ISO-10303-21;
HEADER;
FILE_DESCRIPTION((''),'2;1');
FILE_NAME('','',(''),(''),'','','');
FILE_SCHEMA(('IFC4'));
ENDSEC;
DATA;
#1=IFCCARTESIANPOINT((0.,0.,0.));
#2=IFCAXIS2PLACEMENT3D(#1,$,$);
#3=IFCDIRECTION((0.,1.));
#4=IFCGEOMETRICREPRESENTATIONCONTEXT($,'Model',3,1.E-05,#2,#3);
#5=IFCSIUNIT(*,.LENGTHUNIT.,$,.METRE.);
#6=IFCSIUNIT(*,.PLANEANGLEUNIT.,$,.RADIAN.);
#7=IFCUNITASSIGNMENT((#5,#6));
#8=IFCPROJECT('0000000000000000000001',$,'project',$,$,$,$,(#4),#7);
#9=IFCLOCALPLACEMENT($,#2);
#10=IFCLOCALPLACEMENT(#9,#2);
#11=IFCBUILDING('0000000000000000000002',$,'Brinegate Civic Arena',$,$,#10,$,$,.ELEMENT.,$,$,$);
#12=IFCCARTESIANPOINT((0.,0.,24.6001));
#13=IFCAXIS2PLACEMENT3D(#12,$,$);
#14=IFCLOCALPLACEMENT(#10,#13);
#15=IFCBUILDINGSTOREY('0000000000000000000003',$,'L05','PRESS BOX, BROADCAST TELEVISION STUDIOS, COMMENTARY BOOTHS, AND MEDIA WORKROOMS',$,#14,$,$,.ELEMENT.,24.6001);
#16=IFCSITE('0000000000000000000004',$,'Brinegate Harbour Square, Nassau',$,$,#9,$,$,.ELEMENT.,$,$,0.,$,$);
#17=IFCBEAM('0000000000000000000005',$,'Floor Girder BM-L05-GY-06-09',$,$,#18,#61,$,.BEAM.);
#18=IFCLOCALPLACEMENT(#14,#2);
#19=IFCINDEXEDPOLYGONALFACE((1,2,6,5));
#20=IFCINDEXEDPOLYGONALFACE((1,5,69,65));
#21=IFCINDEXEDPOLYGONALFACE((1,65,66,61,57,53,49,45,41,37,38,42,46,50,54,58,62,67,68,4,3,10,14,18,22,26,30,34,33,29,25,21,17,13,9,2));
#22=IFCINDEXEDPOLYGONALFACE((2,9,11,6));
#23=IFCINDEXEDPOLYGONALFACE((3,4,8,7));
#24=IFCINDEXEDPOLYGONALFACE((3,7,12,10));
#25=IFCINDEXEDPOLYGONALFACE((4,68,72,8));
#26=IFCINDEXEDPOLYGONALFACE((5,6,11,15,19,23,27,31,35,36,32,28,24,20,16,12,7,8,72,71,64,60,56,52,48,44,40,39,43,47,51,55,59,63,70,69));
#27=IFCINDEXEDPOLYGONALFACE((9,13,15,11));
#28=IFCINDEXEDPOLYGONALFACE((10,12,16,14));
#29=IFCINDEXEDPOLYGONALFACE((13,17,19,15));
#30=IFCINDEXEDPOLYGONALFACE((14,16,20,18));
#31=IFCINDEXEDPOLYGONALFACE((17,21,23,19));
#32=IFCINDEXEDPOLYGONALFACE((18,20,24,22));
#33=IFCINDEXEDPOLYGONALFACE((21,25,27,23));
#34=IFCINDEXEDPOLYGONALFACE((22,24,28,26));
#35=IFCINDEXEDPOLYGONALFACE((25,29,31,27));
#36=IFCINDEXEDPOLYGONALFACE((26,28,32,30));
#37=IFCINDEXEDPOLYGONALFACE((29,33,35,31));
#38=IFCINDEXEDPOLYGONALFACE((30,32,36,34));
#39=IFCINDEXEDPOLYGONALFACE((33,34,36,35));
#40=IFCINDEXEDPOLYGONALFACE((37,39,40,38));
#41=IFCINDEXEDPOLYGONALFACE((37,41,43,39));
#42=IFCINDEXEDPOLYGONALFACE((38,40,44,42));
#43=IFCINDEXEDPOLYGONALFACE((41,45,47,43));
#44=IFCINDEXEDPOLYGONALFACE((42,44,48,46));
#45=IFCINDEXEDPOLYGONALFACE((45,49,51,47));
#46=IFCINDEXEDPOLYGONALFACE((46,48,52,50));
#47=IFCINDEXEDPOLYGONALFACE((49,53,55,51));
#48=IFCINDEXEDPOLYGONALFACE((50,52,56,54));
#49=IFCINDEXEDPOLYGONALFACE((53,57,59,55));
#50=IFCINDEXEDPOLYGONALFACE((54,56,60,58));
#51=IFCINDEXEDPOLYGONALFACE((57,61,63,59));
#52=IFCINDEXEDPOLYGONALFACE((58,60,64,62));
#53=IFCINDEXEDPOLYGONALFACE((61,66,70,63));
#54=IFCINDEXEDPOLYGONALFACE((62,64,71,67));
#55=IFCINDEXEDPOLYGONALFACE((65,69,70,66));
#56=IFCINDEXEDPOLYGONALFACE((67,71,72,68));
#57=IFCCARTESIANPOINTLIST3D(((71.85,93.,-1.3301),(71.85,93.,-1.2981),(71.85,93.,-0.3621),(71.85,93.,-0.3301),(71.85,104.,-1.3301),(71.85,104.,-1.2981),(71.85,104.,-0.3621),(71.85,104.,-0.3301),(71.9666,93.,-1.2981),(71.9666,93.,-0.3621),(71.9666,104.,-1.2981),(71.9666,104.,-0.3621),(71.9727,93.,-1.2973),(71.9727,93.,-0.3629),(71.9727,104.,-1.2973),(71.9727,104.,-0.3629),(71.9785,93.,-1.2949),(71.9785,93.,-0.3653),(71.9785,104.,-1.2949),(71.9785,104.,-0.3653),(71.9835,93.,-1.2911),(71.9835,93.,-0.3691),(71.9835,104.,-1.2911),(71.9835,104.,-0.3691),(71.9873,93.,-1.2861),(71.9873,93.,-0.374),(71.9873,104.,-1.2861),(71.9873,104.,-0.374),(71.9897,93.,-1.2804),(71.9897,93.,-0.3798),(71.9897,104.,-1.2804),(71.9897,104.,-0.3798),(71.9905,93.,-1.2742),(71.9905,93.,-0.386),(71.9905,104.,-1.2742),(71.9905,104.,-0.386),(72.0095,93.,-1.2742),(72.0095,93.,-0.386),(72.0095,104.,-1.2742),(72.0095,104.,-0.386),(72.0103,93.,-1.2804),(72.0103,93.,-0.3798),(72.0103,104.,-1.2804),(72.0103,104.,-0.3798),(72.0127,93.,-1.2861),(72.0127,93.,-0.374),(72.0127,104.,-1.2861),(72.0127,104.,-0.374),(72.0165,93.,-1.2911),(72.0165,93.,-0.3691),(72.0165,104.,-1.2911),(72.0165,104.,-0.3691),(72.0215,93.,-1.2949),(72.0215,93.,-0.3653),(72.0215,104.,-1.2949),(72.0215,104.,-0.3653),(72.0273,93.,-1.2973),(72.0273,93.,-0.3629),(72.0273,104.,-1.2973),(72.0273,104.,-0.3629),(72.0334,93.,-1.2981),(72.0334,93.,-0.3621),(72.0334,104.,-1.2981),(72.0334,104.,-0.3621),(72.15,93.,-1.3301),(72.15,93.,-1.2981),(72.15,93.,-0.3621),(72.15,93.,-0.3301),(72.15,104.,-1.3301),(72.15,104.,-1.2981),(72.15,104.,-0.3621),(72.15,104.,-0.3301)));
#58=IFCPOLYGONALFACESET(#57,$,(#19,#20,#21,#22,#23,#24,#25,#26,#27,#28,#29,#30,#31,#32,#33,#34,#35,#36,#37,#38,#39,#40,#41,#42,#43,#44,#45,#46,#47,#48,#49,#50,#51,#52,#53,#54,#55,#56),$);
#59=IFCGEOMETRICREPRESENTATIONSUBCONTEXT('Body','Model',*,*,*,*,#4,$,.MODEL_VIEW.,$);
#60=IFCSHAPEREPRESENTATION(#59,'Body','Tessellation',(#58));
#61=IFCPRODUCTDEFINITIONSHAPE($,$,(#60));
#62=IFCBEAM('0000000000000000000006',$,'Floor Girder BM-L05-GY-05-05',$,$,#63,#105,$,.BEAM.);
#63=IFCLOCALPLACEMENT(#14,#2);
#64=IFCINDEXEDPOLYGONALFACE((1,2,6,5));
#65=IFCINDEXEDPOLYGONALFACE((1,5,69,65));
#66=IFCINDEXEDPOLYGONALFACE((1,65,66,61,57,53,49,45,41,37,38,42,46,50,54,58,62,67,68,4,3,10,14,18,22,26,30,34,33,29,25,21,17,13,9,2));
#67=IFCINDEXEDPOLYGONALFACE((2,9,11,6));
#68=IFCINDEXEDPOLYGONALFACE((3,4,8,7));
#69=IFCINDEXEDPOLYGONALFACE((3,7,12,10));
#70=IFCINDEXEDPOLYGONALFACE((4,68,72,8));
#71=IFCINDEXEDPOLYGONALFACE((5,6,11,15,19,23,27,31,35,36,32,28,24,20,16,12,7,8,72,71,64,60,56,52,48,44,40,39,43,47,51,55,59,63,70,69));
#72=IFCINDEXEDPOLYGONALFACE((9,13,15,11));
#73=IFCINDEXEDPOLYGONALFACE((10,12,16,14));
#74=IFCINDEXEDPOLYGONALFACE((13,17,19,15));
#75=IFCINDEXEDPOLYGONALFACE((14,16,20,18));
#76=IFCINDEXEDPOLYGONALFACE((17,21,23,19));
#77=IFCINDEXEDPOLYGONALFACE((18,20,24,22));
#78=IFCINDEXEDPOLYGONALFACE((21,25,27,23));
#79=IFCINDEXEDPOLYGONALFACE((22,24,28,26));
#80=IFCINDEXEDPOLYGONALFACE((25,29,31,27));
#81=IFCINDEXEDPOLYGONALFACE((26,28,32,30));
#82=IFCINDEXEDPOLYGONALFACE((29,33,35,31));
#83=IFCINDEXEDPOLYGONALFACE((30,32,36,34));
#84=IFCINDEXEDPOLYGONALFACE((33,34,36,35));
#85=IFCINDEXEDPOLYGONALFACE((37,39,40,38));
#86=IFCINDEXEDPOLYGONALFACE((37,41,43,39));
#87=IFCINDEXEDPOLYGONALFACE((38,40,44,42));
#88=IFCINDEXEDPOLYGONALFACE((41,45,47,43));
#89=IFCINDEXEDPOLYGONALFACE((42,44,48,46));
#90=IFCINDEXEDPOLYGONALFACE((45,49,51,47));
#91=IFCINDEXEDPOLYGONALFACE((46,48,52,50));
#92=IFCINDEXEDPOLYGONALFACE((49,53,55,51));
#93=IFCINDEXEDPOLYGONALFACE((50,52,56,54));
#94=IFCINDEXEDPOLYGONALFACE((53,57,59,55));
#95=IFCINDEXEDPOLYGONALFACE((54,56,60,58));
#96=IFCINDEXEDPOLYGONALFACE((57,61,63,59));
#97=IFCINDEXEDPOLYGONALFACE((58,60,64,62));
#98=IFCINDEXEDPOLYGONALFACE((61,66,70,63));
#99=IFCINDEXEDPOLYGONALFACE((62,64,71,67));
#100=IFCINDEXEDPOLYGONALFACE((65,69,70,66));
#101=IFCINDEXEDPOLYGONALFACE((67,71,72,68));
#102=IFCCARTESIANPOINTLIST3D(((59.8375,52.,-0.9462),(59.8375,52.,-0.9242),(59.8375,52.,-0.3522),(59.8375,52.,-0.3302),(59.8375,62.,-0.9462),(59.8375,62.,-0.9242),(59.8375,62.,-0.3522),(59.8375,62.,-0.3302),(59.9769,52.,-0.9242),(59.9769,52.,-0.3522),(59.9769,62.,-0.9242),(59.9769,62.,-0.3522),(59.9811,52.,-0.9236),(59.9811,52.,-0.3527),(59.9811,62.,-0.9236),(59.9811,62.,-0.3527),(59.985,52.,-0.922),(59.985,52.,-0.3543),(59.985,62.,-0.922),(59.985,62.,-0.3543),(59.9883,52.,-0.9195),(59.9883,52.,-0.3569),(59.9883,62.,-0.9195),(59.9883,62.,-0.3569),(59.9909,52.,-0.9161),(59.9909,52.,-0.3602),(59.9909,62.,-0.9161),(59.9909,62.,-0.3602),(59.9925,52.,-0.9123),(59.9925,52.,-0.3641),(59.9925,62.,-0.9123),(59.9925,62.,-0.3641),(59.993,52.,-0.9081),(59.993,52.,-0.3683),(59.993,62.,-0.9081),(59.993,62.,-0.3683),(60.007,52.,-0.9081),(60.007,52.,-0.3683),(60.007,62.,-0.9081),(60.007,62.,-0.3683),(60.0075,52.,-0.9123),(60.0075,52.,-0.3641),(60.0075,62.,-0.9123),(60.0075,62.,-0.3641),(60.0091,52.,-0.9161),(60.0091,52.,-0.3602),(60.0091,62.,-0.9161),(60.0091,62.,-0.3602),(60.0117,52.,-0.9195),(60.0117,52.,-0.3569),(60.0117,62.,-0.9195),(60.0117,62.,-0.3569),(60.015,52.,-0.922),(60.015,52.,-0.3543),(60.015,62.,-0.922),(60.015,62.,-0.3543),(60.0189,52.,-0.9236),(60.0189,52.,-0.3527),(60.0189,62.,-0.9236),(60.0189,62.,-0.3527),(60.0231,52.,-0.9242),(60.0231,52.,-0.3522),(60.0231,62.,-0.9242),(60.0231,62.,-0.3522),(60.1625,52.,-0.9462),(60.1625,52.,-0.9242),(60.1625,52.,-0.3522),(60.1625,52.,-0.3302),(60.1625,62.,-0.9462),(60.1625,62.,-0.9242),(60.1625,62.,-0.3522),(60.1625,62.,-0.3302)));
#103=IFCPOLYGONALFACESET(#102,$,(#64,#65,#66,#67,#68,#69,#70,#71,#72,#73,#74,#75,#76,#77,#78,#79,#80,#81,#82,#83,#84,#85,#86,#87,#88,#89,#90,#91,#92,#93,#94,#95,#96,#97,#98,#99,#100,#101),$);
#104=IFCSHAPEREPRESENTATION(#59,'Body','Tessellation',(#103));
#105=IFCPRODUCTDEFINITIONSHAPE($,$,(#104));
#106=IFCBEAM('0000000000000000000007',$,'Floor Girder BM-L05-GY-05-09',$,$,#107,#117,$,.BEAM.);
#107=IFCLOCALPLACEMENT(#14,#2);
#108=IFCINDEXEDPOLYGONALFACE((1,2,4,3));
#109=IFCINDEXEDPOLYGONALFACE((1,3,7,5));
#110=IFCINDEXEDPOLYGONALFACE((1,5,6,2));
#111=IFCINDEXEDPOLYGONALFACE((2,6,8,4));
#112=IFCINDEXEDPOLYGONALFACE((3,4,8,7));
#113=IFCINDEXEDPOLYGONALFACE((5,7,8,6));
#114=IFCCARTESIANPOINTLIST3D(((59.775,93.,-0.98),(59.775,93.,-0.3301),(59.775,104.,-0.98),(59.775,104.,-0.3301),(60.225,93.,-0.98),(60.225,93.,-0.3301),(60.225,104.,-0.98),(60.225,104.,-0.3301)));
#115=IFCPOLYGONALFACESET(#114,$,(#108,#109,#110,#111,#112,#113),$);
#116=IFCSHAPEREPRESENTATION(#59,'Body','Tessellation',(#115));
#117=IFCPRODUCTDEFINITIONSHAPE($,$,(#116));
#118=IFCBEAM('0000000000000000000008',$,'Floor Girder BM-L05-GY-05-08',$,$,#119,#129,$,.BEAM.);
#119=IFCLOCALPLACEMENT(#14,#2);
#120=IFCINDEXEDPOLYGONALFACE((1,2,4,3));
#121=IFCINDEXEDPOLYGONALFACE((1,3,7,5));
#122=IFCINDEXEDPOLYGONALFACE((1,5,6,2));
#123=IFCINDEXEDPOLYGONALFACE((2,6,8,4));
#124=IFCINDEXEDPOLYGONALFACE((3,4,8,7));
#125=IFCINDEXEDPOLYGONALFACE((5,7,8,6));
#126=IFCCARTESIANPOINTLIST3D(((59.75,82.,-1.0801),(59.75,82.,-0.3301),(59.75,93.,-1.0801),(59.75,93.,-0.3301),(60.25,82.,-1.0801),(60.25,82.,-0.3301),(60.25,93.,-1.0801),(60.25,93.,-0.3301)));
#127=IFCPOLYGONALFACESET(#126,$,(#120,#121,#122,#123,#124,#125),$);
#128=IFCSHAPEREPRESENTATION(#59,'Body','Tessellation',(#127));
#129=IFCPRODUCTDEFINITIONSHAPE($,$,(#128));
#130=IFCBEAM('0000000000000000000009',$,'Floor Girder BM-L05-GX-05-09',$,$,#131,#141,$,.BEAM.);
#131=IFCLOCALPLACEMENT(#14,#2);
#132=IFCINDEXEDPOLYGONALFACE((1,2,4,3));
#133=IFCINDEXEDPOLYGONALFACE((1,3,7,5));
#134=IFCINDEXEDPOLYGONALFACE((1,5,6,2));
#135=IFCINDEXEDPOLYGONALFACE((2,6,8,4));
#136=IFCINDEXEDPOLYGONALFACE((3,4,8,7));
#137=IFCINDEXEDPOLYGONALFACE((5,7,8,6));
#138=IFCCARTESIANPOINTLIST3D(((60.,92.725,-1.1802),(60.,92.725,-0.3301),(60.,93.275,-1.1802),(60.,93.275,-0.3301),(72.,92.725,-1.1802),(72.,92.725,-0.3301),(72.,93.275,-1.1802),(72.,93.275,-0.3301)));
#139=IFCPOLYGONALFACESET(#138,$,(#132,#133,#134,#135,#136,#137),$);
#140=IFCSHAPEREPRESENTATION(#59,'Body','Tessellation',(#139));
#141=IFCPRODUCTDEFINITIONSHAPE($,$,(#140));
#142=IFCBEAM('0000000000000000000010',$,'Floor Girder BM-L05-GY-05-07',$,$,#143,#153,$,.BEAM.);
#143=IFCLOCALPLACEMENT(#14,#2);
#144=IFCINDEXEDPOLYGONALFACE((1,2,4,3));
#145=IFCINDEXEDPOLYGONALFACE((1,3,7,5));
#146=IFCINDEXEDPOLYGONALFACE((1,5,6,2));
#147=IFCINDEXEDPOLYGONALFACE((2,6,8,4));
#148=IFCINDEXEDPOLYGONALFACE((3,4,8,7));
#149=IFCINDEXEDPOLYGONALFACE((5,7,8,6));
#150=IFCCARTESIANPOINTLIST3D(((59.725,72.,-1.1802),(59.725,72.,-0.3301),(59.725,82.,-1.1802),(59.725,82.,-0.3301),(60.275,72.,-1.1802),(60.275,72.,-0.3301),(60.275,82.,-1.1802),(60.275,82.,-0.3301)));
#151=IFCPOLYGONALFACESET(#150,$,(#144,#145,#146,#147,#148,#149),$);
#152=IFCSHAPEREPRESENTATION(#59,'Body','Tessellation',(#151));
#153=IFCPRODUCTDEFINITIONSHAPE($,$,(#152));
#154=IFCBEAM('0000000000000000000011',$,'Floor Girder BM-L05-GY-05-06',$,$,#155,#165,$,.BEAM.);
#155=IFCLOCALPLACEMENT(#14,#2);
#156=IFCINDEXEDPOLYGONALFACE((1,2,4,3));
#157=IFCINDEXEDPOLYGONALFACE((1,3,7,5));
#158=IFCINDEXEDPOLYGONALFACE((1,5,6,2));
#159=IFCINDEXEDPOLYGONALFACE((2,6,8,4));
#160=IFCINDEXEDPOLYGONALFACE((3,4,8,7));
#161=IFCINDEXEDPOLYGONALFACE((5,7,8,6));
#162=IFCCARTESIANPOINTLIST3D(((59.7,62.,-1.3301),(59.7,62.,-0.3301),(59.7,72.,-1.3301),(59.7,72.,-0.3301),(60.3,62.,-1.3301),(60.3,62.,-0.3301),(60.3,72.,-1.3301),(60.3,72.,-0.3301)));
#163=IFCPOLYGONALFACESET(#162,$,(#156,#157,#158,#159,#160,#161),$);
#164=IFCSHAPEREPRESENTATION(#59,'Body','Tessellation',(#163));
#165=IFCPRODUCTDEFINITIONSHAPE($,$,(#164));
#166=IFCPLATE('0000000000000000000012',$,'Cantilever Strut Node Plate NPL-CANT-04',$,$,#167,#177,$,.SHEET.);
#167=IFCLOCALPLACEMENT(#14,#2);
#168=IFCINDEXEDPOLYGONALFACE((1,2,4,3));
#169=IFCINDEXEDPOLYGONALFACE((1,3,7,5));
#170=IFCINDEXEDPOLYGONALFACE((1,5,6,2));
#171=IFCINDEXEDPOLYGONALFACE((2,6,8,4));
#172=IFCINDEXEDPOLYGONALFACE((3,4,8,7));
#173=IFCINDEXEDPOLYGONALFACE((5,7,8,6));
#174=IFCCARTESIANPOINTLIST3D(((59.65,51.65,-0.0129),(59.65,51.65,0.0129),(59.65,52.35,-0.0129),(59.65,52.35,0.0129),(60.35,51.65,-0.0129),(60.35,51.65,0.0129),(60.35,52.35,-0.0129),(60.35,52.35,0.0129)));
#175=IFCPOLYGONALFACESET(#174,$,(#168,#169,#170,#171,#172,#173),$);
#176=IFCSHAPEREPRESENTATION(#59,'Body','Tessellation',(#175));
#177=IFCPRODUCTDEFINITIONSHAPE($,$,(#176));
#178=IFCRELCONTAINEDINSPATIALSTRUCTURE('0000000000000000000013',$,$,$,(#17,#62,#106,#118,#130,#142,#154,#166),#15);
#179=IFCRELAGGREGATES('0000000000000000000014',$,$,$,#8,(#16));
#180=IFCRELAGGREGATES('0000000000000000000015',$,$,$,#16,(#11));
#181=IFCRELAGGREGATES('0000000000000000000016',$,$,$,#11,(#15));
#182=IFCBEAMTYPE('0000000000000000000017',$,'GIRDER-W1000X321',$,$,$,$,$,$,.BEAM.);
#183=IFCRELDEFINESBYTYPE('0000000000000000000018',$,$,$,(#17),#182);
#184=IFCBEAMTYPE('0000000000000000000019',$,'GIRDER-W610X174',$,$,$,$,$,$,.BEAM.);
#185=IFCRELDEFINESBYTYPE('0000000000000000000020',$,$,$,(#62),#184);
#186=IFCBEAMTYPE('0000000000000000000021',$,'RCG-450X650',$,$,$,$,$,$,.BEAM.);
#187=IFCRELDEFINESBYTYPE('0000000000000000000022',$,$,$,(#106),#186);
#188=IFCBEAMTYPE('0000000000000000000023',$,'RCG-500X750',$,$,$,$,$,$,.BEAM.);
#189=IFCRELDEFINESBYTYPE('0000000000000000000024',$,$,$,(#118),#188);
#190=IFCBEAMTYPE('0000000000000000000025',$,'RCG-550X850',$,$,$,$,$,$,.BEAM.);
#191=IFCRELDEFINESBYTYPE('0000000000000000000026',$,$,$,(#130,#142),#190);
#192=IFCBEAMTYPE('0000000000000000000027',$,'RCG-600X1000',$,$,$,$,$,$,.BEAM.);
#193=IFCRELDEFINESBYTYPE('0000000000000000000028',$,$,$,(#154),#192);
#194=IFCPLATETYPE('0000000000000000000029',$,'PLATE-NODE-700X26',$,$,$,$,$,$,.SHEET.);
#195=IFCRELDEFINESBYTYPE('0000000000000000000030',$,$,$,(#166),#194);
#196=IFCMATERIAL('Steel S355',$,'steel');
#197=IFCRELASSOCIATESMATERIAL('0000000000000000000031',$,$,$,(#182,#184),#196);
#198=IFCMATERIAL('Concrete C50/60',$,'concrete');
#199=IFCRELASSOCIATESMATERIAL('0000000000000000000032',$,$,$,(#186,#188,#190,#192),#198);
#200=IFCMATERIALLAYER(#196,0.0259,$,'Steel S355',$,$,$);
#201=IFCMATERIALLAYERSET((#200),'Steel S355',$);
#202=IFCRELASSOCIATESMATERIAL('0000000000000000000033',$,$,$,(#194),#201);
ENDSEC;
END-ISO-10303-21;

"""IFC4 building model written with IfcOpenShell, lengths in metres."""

from ifc_helpers import new_model, si_unit, direction, frame, origin, origin_2d, place, context, subcontext, project, spatial, rectangle, i_section, extrude, material, layer, layer_set, material_profile, profile_set, type_object, element, save


model = new_model("IFC4")

# Units and contexts
model_context = context("Model", 3, precision=1e-05, world=origin(), true_north=direction((0.0, 1.0)))
body_context = subcontext(model_context, "Body", "Model", "MODEL_VIEW")
ifc_project = project(units=[si_unit("LENGTHUNIT", "METRE"), si_unit("PLANEANGLEUNIT", "RADIAN")], contexts=[model_context])

# Site, building, storey
site_placement = place(None, origin())
site = spatial("IfcSite", under=ifc_project, at=site_placement, Name="Brinegate Harbour Square, Nassau", CompositionType="ELEMENT", RefElevation=0.0)
building_placement = place(site_placement, origin())
building = spatial("IfcBuilding", under=site, at=building_placement, Name="Brinegate Civic Arena", CompositionType="ELEMENT")
storey_placement = place(building_placement, frame((0.0, 0.0, 24.6001)))
storey = spatial("IfcBuildingStorey", under=building, at=storey_placement, Name="L05", Description="PRESS BOX, BROADCAST TELEVISION STUDIOS, COMMENTARY BOOTHS, AND MEDIA WORKROOMS", CompositionType="ELEMENT", Elevation=24.6001)

# Shared definitions
ifc_material_1 = material(Name="Steel S355", Category="steel")

# Beams
ifc_material_profile_1 = material_profile(ifc_material_1, i_section(OverallWidth=0.3, OverallDepth=1.0, WebThickness=0.019, FlangeThickness=0.032, FilletRadius=0.0239, at=origin_2d()), Name="W1000X321")
ifc_profile_set_1 = profile_set([ifc_material_profile_1], Name="Steel S355")
beam_type_1 = type_object("IfcBeamType", Name="GIRDER-W1000X321", PredefinedType="BEAM", material=ifc_profile_set_1)
beam_1_placement = place(storey_placement, frame((72.0, 93.0, -0.8301), z_axis=(0.0, 1.0, 0.0), x_axis=(-1.0, 0.0, 0.0)))
element("IfcBeam", 1, at=beam_1_placement, inside=storey, type_object=beam_type_1, Name="Floor Girder BM-L05-GY-06-09", PredefinedType="BEAM", context=body_context, shape_type="SweptSolid", body=[
    extrude(i_section(OverallWidth=0.3, OverallDepth=1.0, WebThickness=0.019, FlangeThickness=0.032, FilletRadius=0.0239, at=origin_2d()), origin(), (0.0, 0.0, 1.0), 11.0),
])
ifc_material_profile_2 = material_profile(ifc_material_1, i_section(OverallWidth=0.325, OverallDepth=0.616, WebThickness=0.0139, FlangeThickness=0.022, FilletRadius=0.0161, at=origin_2d()), Name="W610X174")
ifc_profile_set_2 = profile_set([ifc_material_profile_2], Name="Steel S355")
beam_type_2 = type_object("IfcBeamType", Name="GIRDER-W610X174", PredefinedType="BEAM", material=ifc_profile_set_2)
beam_2_placement = place(storey_placement, frame((60.0, 52.0, -0.6382), z_axis=(0.0, 1.0, 0.0), x_axis=(-1.0, 0.0, 0.0)))
element("IfcBeam", 2, at=beam_2_placement, inside=storey, type_object=beam_type_2, Name="Floor Girder BM-L05-GY-05-05", PredefinedType="BEAM", context=body_context, shape_type="SweptSolid", body=[
    extrude(i_section(OverallWidth=0.325, OverallDepth=0.616, WebThickness=0.0139, FlangeThickness=0.022, FilletRadius=0.0161, at=origin_2d()), origin(), (0.0, 0.0, 1.0), 10.0),
])
ifc_material_2 = material(Name="Concrete C50/60", Category="concrete")
ifc_material_profile_3 = material_profile(ifc_material_2, rectangle(XDim=0.45, YDim=0.6499, at=origin_2d()), Name="RCB450X650")
ifc_profile_set_3 = profile_set([ifc_material_profile_3], Name="Concrete C50/60")
beam_type_3 = type_object("IfcBeamType", Name="RCG-450X650", PredefinedType="BEAM", material=ifc_profile_set_3)
beam_3_placement = place(storey_placement, frame((60.0, 93.0, -0.655), z_axis=(0.0, 1.0, 0.0), x_axis=(-1.0, 0.0, 0.0)))
element("IfcBeam", 3, at=beam_3_placement, inside=storey, type_object=beam_type_3, Name="Floor Girder BM-L05-GY-05-09", PredefinedType="BEAM", context=body_context, shape_type="SweptSolid", body=[
    extrude(rectangle(XDim=0.45, YDim=0.6499, at=origin_2d()), origin(), (0.0, 0.0, 1.0), 11.0),
])
ifc_material_profile_4 = material_profile(ifc_material_2, rectangle(XDim=0.5, YDim=0.75, at=origin_2d()), Name="RCB500X750")
ifc_profile_set_4 = profile_set([ifc_material_profile_4], Name="Concrete C50/60")
beam_type_4 = type_object("IfcBeamType", Name="RCG-500X750", PredefinedType="BEAM", material=ifc_profile_set_4)
beam_4_placement = place(storey_placement, frame((60.0, 82.0, -0.7051), z_axis=(0.0, 1.0, 0.0), x_axis=(-1.0, 0.0, 0.0)))
element("IfcBeam", 4, at=beam_4_placement, inside=storey, type_object=beam_type_4, Name="Floor Girder BM-L05-GY-05-08", PredefinedType="BEAM", context=body_context, shape_type="SweptSolid", body=[
    extrude(rectangle(XDim=0.5, YDim=0.75, at=origin_2d()), origin(), (0.0, 0.0, 1.0), 11.0),
])
ifc_material_profile_5 = material_profile(ifc_material_2, rectangle(XDim=0.55, YDim=0.8501, at=origin_2d()), Name="RCB550X850")
ifc_profile_set_5 = profile_set([ifc_material_profile_5], Name="Concrete C50/60")
beam_type_5 = type_object("IfcBeamType", Name="RCG-550X850", PredefinedType="BEAM", material=ifc_profile_set_5)
beam_5_placement = place(storey_placement, frame((60.0, 93.0, -0.7551), z_axis=(1.0, 0.0, 0.0), x_axis=(0.0, 1.0, 0.0)))
element("IfcBeam", 5, at=beam_5_placement, inside=storey, type_object=beam_type_5, Name="Floor Girder BM-L05-GX-05-09", PredefinedType="BEAM", context=body_context, shape_type="SweptSolid", body=[
    extrude(rectangle(XDim=0.55, YDim=0.8501, at=origin_2d()), origin(), (0.0, 0.0, 1.0), 12.0),
])
beam_6_placement = place(storey_placement, frame((60.0, 72.0, -0.7551), z_axis=(0.0, 1.0, 0.0), x_axis=(-1.0, 0.0, 0.0)))
element("IfcBeam", 6, at=beam_6_placement, inside=storey, type_object=beam_type_5, Name="Floor Girder BM-L05-GY-05-07", PredefinedType="BEAM", context=body_context, shape_type="SweptSolid", body=[
    extrude(rectangle(XDim=0.55, YDim=0.8501, at=origin_2d()), origin(), (0.0, 0.0, 1.0), 10.0),
])
ifc_material_profile_6 = material_profile(ifc_material_2, rectangle(XDim=0.6001, YDim=1.0, at=origin_2d()), Name="RCB600X1000")
ifc_profile_set_6 = profile_set([ifc_material_profile_6], Name="Concrete C50/60")
beam_type_6 = type_object("IfcBeamType", Name="RCG-600X1000", PredefinedType="BEAM", material=ifc_profile_set_6)
beam_7_placement = place(storey_placement, frame((60.0, 62.0, -0.8301), z_axis=(0.0, 1.0, 0.0), x_axis=(-1.0, 0.0, 0.0)))
element("IfcBeam", 7, at=beam_7_placement, inside=storey, type_object=beam_type_6, Name="Floor Girder BM-L05-GY-05-06", PredefinedType="BEAM", context=body_context, shape_type="SweptSolid", body=[
    extrude(rectangle(XDim=0.6001, YDim=1.0, at=origin_2d()), origin(), (0.0, 0.0, 1.0), 10.0),
])

# Plate
ifc_layer_1 = layer(ifc_material_1, 0.0259, Name="Steel S355")
ifc_layer_set_1 = layer_set([ifc_layer_1], Name="Steel S355")
plate_type = type_object("IfcPlateType", Name="PLATE-NODE-700X26", PredefinedType="SHEET", material=ifc_layer_set_1)
for number, where, z_axis, x_axis, name in (
    (8, (60.0, 52.0, -0.0129), (0.0, 0.0, 1.0), (1.0, 0.0, 0.0), "Cantilever Strut Node Plate NPL-CANT-04"),
):
    element("IfcPlate", number, at=place(storey_placement, frame(where, z_axis=z_axis, x_axis=x_axis)), inside=storey, type_object=plate_type, Name=name, PredefinedType="SHEET", context=body_context, shape_type="SweptSolid", body=[
        extrude(rectangle(XDim=0.7, YDim=0.7, at=origin_2d()), origin(), (0.0, 0.0, 1.0), 0.0259),
    ])

save(model, "model.ifc")
